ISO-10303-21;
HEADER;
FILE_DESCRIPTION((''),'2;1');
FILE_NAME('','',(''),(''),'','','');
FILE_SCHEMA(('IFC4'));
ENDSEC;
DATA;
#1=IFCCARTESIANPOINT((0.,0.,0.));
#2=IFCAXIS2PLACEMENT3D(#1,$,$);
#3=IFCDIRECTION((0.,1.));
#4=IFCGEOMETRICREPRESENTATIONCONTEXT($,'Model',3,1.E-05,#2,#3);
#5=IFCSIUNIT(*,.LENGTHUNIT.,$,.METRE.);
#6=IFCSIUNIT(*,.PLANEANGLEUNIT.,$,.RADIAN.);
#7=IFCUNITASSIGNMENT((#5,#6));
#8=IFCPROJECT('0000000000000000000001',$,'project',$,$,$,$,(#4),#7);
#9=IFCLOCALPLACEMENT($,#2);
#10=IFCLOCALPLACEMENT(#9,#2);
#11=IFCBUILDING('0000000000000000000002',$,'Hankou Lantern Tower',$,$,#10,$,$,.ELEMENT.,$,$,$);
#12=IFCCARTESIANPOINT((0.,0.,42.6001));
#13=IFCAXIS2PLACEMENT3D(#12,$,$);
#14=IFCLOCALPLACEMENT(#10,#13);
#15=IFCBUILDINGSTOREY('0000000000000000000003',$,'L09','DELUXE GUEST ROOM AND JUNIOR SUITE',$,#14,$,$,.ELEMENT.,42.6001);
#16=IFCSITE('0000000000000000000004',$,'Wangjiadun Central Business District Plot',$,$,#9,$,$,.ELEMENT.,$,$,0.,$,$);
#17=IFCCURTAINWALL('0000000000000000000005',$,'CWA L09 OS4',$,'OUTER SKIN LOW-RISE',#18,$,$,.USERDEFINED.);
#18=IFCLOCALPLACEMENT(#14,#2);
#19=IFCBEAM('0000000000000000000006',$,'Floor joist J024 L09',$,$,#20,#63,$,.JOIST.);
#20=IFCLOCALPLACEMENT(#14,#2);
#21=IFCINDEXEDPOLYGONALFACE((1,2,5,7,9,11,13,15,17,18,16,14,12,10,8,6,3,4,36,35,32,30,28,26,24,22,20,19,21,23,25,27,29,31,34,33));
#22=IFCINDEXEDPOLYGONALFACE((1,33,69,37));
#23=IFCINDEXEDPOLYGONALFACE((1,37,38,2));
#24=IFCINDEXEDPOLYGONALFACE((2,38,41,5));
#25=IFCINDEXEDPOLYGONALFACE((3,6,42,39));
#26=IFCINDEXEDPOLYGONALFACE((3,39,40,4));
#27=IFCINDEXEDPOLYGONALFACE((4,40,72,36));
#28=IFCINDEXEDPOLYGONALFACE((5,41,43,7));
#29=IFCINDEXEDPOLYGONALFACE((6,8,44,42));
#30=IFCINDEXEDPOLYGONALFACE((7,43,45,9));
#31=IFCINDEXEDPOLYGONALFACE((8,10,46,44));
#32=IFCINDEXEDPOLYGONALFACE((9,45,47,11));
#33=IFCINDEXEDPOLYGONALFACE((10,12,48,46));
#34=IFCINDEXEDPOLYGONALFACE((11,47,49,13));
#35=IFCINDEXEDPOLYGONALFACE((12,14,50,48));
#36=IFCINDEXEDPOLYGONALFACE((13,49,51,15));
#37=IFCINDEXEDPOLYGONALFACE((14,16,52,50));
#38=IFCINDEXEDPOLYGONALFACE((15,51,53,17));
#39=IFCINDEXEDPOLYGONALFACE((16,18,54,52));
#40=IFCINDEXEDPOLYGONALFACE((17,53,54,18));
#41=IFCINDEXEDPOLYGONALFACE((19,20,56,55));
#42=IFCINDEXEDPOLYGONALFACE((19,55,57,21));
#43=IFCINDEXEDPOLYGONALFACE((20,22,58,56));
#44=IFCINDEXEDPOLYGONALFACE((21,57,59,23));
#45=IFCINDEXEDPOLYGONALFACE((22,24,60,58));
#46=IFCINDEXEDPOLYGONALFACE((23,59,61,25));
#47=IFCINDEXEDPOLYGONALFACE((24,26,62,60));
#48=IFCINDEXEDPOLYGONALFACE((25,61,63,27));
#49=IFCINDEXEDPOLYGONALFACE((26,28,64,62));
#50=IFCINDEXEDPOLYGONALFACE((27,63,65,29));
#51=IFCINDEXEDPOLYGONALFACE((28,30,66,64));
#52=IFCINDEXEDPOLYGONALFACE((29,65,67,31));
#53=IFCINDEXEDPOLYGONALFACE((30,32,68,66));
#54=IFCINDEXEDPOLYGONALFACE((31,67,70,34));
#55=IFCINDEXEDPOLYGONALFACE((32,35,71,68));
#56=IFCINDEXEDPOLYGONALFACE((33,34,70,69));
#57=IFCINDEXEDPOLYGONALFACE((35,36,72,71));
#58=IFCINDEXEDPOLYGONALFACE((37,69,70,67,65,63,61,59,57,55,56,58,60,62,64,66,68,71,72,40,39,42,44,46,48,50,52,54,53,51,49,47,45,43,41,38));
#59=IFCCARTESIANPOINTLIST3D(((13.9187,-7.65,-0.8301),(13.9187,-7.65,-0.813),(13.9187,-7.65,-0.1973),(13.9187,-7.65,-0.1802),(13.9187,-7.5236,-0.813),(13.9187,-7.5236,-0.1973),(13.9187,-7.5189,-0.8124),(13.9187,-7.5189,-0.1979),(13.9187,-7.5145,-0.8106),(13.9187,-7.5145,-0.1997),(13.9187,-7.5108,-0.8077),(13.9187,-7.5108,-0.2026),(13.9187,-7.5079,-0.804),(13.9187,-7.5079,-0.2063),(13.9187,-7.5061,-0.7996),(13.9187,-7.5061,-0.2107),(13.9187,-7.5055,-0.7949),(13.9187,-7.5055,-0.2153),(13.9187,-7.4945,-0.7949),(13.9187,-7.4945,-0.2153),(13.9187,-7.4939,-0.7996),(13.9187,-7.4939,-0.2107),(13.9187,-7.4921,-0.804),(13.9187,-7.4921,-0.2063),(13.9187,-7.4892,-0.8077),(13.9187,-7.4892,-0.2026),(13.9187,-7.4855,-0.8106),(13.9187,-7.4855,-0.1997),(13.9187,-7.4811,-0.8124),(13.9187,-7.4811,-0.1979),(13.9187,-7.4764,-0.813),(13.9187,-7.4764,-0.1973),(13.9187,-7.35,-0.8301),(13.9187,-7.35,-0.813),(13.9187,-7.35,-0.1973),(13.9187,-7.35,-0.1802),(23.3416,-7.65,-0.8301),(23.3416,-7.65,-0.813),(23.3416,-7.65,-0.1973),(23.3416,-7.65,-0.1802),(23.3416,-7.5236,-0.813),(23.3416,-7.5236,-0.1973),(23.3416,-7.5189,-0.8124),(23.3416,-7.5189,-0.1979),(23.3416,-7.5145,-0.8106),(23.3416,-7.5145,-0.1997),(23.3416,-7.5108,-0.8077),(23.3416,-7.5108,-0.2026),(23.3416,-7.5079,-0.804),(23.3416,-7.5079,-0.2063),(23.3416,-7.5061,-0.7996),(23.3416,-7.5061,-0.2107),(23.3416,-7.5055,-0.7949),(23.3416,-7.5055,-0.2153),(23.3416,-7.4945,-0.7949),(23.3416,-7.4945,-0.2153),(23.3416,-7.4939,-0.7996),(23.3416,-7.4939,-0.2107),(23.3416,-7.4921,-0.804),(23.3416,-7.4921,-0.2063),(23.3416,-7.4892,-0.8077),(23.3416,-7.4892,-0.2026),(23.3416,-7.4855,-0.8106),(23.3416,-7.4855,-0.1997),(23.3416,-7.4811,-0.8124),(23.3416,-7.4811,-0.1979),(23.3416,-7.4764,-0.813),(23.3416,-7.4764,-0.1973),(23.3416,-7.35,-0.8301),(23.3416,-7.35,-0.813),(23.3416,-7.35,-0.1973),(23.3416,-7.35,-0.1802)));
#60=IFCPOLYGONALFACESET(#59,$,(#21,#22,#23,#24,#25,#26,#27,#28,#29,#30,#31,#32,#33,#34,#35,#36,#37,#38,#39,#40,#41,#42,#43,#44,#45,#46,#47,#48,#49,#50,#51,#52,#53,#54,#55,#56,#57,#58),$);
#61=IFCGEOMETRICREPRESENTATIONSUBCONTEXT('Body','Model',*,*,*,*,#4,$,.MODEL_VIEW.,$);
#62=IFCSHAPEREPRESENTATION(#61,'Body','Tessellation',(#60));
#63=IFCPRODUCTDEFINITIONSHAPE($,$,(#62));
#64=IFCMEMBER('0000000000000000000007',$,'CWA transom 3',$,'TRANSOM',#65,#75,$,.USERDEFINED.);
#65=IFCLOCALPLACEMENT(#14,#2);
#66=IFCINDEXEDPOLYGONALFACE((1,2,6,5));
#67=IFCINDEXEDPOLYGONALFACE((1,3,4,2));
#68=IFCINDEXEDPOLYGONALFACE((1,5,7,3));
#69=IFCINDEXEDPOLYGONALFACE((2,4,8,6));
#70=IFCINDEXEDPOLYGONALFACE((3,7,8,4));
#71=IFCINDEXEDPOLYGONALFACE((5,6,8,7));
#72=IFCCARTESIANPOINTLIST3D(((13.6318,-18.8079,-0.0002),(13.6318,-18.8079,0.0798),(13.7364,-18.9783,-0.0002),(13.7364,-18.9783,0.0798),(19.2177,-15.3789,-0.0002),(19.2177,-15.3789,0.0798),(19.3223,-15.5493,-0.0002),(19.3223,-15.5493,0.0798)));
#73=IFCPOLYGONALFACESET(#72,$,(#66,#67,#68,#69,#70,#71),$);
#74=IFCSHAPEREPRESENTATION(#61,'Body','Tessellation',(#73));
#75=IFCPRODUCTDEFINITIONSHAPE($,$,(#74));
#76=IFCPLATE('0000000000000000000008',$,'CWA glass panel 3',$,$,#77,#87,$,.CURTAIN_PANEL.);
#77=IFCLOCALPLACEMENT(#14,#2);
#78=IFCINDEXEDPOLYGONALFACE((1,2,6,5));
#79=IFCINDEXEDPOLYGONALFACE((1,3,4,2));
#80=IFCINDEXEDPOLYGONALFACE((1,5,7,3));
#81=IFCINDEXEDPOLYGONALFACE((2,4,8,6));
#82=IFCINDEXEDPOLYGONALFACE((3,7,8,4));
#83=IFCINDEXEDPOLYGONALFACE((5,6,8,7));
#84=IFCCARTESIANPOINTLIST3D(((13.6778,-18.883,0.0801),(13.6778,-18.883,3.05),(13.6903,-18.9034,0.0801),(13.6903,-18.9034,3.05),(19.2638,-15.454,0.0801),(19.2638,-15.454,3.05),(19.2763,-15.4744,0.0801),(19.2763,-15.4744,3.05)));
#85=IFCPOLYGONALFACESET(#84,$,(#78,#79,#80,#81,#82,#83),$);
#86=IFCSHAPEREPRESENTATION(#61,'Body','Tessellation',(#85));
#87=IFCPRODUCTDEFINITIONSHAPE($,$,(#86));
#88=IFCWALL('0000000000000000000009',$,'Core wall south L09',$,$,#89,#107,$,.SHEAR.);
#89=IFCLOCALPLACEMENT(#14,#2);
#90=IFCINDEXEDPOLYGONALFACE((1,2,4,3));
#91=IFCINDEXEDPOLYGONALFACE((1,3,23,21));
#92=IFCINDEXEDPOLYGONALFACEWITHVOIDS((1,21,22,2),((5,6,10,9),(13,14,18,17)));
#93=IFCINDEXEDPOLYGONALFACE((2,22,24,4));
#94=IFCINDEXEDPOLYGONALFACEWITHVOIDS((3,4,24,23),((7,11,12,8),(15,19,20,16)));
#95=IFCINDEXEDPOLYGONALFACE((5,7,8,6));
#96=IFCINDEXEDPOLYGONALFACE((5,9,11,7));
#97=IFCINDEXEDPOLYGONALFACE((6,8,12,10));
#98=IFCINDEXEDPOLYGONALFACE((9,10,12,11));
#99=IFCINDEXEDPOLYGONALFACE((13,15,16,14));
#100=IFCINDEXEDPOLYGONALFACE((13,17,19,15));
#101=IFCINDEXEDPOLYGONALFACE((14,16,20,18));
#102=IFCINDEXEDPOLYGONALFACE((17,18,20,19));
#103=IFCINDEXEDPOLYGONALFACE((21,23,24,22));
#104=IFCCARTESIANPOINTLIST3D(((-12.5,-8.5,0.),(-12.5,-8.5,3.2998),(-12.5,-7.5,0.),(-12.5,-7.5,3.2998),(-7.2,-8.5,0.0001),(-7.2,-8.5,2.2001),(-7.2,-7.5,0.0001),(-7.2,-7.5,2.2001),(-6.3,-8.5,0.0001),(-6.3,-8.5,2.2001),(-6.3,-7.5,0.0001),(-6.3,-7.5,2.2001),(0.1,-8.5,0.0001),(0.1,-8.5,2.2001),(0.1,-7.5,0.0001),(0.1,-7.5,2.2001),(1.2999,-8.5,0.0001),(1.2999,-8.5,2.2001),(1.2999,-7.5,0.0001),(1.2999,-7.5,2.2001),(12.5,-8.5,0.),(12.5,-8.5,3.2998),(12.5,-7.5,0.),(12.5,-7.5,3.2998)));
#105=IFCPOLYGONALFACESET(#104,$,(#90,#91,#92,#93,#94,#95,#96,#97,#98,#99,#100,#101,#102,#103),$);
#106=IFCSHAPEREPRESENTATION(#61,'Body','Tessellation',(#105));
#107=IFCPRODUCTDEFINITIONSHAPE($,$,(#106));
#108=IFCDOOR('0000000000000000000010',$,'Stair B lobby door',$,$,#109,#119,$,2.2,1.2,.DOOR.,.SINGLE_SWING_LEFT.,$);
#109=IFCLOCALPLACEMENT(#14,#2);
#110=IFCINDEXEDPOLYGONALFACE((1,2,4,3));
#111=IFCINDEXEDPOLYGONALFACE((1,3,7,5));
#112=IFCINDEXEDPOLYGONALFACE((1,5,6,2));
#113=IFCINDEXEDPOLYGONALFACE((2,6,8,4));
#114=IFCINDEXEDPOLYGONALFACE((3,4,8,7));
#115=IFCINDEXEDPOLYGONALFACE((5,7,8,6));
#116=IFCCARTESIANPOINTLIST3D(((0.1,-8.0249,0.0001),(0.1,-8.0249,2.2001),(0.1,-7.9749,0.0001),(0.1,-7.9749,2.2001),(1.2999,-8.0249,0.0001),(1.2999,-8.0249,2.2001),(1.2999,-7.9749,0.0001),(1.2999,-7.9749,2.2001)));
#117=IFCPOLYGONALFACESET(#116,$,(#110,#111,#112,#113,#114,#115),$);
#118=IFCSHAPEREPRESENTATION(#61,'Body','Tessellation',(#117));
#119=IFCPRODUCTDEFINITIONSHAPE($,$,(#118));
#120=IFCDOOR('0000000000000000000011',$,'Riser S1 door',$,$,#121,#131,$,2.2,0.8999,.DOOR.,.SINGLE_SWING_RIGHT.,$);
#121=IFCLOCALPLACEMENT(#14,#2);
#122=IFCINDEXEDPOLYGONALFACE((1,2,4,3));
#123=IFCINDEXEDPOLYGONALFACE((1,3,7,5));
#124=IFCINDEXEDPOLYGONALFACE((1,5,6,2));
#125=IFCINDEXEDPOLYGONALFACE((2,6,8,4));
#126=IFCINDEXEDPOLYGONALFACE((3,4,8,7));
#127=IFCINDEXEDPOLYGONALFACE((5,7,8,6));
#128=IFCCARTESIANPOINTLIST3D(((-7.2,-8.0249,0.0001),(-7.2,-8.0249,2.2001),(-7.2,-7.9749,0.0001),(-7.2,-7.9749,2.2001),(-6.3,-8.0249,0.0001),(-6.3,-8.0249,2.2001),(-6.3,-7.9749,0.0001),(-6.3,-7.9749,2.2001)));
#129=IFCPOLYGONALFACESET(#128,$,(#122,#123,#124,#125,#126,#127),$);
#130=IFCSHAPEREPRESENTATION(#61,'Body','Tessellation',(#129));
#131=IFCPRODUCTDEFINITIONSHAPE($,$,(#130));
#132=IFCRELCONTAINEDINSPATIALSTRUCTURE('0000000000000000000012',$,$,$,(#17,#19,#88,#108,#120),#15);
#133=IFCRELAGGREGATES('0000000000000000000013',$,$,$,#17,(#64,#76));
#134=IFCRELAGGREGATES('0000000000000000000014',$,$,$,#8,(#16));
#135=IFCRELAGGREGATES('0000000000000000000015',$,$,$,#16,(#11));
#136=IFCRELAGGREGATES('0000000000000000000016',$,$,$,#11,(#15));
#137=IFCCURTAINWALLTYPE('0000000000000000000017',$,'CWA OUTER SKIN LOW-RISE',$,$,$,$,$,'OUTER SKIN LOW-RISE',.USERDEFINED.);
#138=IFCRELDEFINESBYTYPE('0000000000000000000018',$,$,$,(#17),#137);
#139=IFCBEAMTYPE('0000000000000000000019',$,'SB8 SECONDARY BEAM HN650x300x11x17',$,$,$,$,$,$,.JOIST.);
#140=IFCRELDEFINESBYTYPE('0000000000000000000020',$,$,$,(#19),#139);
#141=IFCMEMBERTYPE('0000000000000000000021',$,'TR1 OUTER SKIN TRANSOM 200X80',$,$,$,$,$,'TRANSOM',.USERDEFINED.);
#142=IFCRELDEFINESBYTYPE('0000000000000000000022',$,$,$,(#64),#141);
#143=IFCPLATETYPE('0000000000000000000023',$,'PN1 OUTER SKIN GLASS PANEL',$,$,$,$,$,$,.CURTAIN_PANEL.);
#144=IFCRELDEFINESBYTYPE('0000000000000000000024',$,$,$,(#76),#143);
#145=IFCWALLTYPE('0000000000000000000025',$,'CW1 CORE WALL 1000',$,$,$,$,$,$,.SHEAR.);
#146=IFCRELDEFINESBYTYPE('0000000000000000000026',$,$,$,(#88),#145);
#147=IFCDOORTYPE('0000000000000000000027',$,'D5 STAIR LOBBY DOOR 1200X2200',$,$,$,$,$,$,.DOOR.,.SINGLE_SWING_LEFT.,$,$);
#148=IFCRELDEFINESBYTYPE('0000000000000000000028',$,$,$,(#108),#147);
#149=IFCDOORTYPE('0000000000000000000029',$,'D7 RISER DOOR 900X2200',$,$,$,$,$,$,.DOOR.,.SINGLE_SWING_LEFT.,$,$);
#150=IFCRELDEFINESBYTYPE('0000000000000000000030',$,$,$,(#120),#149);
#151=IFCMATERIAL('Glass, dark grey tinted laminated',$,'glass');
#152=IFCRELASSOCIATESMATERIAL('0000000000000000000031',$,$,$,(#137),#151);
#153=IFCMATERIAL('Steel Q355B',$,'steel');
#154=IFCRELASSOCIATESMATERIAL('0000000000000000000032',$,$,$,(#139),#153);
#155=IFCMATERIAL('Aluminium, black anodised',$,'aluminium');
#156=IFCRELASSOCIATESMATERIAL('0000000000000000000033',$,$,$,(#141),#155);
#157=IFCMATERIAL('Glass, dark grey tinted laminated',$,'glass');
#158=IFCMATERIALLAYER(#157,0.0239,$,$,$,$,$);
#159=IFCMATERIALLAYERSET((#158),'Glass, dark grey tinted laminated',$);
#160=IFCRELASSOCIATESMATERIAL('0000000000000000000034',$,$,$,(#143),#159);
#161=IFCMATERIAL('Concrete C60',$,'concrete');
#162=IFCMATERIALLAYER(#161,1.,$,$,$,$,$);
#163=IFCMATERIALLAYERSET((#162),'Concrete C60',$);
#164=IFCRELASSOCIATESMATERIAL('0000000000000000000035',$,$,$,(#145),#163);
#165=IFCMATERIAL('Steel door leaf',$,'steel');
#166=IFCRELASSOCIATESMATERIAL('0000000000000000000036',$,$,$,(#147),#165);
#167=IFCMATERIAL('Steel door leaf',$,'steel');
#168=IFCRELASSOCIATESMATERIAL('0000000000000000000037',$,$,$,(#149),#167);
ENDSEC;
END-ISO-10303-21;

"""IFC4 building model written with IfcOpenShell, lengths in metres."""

from ifc_helpers import new_model, si_unit, direction, frame, frame_2d, origin, origin_2d, place, context, subcontext, project, spatial, rectangle, i_section, extrude, material, layer, layer_set, material_profile, profile_set, type_object, element, fill, aggregate, save


model = new_model("IFC4")

# Units and contexts
model_context = context("Model", 3, precision=1e-05, world=origin(), true_north=direction((0.0, 1.0)))
body_context = subcontext(model_context, "Body", "Model", "MODEL_VIEW")
ifc_project = project(units=[si_unit("LENGTHUNIT", "METRE"), si_unit("PLANEANGLEUNIT", "RADIAN")], contexts=[model_context])

# Site, building, storey
site_placement = place(None, origin())
site = spatial("IfcSite", under=ifc_project, at=site_placement, Name="Wangjiadun Central Business District Plot", CompositionType="ELEMENT", RefElevation=0.0)
building_placement = place(site_placement, origin())
building = spatial("IfcBuilding", under=site, at=building_placement, Name="Hankou Lantern Tower", CompositionType="ELEMENT")
storey_placement = place(building_placement, frame((0.0, 0.0, 42.6001)))
storey = spatial("IfcBuildingStorey", under=building, at=storey_placement, Name="L09", Description="DELUXE GUEST ROOM AND JUNIOR SUITE", CompositionType="ELEMENT", Elevation=42.6001)

# Curtain wall
ifc_material_1 = material(Name="Glass, dark grey tinted laminated", Category="glass")
curtain_wall_type = type_object("IfcCurtainWallType", Name="CWA OUTER SKIN LOW-RISE", ElementType="OUTER SKIN LOW-RISE", PredefinedType="USERDEFINED", material=ifc_material_1)
curtain_wall_placement = place(storey_placement, origin())
curtain_wall = element("IfcCurtainWall", 1, at=curtain_wall_placement, inside=storey, type_object=curtain_wall_type, Name="CWA L09 OS4", ObjectType="OUTER SKIN LOW-RISE", PredefinedType="USERDEFINED")

# Beam
ifc_material_2 = material(Name="Steel Q355B", Category="steel")
ifc_material_profile_1 = material_profile(ifc_material_2, i_section(OverallWidth=0.3, OverallDepth=0.6499, WebThickness=0.011, FlangeThickness=0.0171, FilletRadius=0.0181, at=origin_2d()), Name="HN650x300x11x17")
ifc_profile_set_1 = profile_set([ifc_material_profile_1], Name="Steel Q355B")
beam_type_1 = type_object("IfcBeamType", Name="SB8 SECONDARY BEAM HN650x300x11x17", PredefinedType="JOIST", material=ifc_profile_set_1)
beam_1_placement = place(storey_placement, frame((13.9187, -7.5, -0.5051), z_axis=(1.0, 0.0, 0.0), x_axis=(0.0, 1.0, 0.0)))
element("IfcBeam", 2, at=beam_1_placement, inside=storey, type_object=beam_type_1, Name="Floor joist J024 L09", PredefinedType="JOIST", context=body_context, shape_type="SweptSolid", body=[
    extrude(i_section(OverallWidth=0.3, OverallDepth=0.6499, WebThickness=0.011, FlangeThickness=0.0171, FilletRadius=0.0181, at=origin_2d()), origin(), (0.0, 0.0, 1.0), 9.4229),
])

# Member
ifc_material_3 = material(Name="Aluminium, black anodised", Category="aluminium")
ifc_material_profile_2 = material_profile(ifc_material_3, rectangle(XDim=0.2, YDim=0.0801, at=origin_2d()), Name="TR1 200X80")
ifc_profile_set_2 = profile_set([ifc_material_profile_2], Name="Aluminium, black anodised")
member_type_1 = type_object("IfcMemberType", Name="TR1 OUTER SKIN TRANSOM 200X80", ElementType="TRANSOM", PredefinedType="USERDEFINED", material=ifc_profile_set_2)
member_1_placement = place(storey_placement, frame((13.6841, -18.8931, 0.0398), z_axis=(0.85224, 0.523152, 0.0), x_axis=(-0.523152, 0.85224, 0.0)))
member_1 = element("IfcMember", 3, at=member_1_placement, type_object=member_type_1, Name="CWA transom 3", ObjectType="TRANSOM", PredefinedType="USERDEFINED", context=body_context, shape_type="SweptSolid", body=[
    extrude(rectangle(XDim=0.2, YDim=0.0801, at=origin_2d()), origin(), (0.0, 0.0, 1.0), 6.5544),
])

# Plate
ifc_material_4 = material(Name="Glass, dark grey tinted laminated", Category="glass")
ifc_layer_1 = layer(ifc_material_4, 0.0239)
ifc_layer_set_1 = layer_set([ifc_layer_1], Name="Glass, dark grey tinted laminated")
plate_type = type_object("IfcPlateType", Name="PN1 OUTER SKIN GLASS PANEL", PredefinedType="CURTAIN_PANEL", material=ifc_layer_set_1)
plate_placement = place(storey_placement, frame((16.4771, -17.1787, 0.0801), z_axis=(0.0, 0.0, 1.0), x_axis=(0.852237, 0.523156, 0.0)))
plate = element("IfcPlate", 4, at=plate_placement, type_object=plate_type, Name="CWA glass panel 3", PredefinedType="CURTAIN_PANEL", context=body_context, shape_type="SweptSolid", body=[
    extrude(rectangle(XDim=6.5544, YDim=0.0239, at=origin_2d()), origin(), (0.0, 0.0, 1.0), 2.97),
])
aggregate(curtain_wall, [member_1, plate])

# Wall, openings, doors
ifc_material_5 = material(Name="Concrete C60", Category="concrete")
ifc_layer_2 = layer(ifc_material_5, 1.0)
ifc_layer_set_2 = layer_set([ifc_layer_2], Name="Concrete C60")
wall_type_1 = type_object("IfcWallType", Name="CW1 CORE WALL 1000", PredefinedType="SHEAR", material=ifc_layer_set_2)
wall_1_placement = place(storey_placement, frame((12.5, -8.0, 0.0), z_axis=(0.0, 0.0, 1.0), x_axis=(-1.0, 0.0, 0.0)))
wall_1 = element("IfcWall", 5, at=wall_1_placement, inside=storey, type_object=wall_type_1, Name="Core wall south L09", PredefinedType="SHEAR", context=body_context, shape_type="SweptSolid", body=[
    extrude(rectangle(XDim=25.0, YDim=1.0, at=frame_2d((12.5, 0.0))), origin(), (0.0, 0.0, 1.0), 3.2998),
])
opening_1_placement = place(wall_1_placement, frame((11.2, 0.0, 0.0)))
opening_1 = element("IfcOpeningElement", 6, at=opening_1_placement, cuts=wall_1, PredefinedType="OPENING", context=body_context, shape_type="SweptSolid", body=[
    extrude(rectangle(XDim=1.2, YDim=2.2, at=frame_2d((0.6001, 1.1001))), frame((0.0, 0.51, 0.0), z_axis=(0.0, -1.0, 0.0), x_axis=(1.0, 0.0, 0.0)), (0.0, 0.0, 1.0), 1.02),
])
opening_2_placement = place(wall_1_placement, frame((18.8, 0.0, 0.0)))
opening_2 = element("IfcOpeningElement", 7, at=opening_2_placement, cuts=wall_1, PredefinedType="OPENING", context=body_context, shape_type="SweptSolid", body=[
    extrude(rectangle(XDim=0.8999, YDim=2.2, at=frame_2d((0.45, 1.1001))), frame((0.0, 0.51, 0.0), z_axis=(0.0, -1.0, 0.0), x_axis=(1.0, 0.0, 0.0)), (0.0, 0.0, 1.0), 1.02),
])
ifc_material_6 = material(Name="Steel door leaf", Category="steel")
door_type_1 = type_object("IfcDoorType", Name="D5 STAIR LOBBY DOOR 1200X2200", OperationType="SINGLE_SWING_LEFT", PredefinedType="DOOR", material=ifc_material_6)
door_1_placement = place(opening_1_placement, origin())
door_1 = element("IfcDoor", 8, at=door_1_placement, inside=storey, type_object=door_type_1, Name="Stair B lobby door", OperationType="SINGLE_SWING_LEFT", OverallHeight=2.2, OverallWidth=1.2, PredefinedType="DOOR", context=body_context, shape_type="SweptSolid", body=[
    extrude(rectangle(XDim=1.2, YDim=2.2, at=frame_2d((0.6001, 1.1001))), frame((0.0, 0.0249, 0.0), z_axis=(0.0, -1.0, 0.0), x_axis=(1.0, 0.0, 0.0)), (0.0, 0.0, 1.0), 0.05),
])
fill(opening_1, door_1)
ifc_material_7 = material(Name="Steel door leaf", Category="steel")
door_type_2 = type_object("IfcDoorType", Name="D7 RISER DOOR 900X2200", OperationType="SINGLE_SWING_LEFT", PredefinedType="DOOR", material=ifc_material_7)
door_2_placement = place(opening_2_placement, origin())
door_2 = element("IfcDoor", 9, at=door_2_placement, inside=storey, type_object=door_type_2, Name="Riser S1 door", OperationType="SINGLE_SWING_RIGHT", OverallHeight=2.2, OverallWidth=0.8999, PredefinedType="DOOR", context=body_context, shape_type="SweptSolid", body=[
    extrude(rectangle(XDim=0.8999, YDim=2.2, at=frame_2d((0.45, 1.1001))), frame((0.0, 0.0249, 0.0), z_axis=(0.0, -1.0, 0.0), x_axis=(1.0, 0.0, 0.0)), (0.0, 0.0, 1.0), 0.05),
])
fill(opening_2, door_2)

save(model, "model.ifc")
